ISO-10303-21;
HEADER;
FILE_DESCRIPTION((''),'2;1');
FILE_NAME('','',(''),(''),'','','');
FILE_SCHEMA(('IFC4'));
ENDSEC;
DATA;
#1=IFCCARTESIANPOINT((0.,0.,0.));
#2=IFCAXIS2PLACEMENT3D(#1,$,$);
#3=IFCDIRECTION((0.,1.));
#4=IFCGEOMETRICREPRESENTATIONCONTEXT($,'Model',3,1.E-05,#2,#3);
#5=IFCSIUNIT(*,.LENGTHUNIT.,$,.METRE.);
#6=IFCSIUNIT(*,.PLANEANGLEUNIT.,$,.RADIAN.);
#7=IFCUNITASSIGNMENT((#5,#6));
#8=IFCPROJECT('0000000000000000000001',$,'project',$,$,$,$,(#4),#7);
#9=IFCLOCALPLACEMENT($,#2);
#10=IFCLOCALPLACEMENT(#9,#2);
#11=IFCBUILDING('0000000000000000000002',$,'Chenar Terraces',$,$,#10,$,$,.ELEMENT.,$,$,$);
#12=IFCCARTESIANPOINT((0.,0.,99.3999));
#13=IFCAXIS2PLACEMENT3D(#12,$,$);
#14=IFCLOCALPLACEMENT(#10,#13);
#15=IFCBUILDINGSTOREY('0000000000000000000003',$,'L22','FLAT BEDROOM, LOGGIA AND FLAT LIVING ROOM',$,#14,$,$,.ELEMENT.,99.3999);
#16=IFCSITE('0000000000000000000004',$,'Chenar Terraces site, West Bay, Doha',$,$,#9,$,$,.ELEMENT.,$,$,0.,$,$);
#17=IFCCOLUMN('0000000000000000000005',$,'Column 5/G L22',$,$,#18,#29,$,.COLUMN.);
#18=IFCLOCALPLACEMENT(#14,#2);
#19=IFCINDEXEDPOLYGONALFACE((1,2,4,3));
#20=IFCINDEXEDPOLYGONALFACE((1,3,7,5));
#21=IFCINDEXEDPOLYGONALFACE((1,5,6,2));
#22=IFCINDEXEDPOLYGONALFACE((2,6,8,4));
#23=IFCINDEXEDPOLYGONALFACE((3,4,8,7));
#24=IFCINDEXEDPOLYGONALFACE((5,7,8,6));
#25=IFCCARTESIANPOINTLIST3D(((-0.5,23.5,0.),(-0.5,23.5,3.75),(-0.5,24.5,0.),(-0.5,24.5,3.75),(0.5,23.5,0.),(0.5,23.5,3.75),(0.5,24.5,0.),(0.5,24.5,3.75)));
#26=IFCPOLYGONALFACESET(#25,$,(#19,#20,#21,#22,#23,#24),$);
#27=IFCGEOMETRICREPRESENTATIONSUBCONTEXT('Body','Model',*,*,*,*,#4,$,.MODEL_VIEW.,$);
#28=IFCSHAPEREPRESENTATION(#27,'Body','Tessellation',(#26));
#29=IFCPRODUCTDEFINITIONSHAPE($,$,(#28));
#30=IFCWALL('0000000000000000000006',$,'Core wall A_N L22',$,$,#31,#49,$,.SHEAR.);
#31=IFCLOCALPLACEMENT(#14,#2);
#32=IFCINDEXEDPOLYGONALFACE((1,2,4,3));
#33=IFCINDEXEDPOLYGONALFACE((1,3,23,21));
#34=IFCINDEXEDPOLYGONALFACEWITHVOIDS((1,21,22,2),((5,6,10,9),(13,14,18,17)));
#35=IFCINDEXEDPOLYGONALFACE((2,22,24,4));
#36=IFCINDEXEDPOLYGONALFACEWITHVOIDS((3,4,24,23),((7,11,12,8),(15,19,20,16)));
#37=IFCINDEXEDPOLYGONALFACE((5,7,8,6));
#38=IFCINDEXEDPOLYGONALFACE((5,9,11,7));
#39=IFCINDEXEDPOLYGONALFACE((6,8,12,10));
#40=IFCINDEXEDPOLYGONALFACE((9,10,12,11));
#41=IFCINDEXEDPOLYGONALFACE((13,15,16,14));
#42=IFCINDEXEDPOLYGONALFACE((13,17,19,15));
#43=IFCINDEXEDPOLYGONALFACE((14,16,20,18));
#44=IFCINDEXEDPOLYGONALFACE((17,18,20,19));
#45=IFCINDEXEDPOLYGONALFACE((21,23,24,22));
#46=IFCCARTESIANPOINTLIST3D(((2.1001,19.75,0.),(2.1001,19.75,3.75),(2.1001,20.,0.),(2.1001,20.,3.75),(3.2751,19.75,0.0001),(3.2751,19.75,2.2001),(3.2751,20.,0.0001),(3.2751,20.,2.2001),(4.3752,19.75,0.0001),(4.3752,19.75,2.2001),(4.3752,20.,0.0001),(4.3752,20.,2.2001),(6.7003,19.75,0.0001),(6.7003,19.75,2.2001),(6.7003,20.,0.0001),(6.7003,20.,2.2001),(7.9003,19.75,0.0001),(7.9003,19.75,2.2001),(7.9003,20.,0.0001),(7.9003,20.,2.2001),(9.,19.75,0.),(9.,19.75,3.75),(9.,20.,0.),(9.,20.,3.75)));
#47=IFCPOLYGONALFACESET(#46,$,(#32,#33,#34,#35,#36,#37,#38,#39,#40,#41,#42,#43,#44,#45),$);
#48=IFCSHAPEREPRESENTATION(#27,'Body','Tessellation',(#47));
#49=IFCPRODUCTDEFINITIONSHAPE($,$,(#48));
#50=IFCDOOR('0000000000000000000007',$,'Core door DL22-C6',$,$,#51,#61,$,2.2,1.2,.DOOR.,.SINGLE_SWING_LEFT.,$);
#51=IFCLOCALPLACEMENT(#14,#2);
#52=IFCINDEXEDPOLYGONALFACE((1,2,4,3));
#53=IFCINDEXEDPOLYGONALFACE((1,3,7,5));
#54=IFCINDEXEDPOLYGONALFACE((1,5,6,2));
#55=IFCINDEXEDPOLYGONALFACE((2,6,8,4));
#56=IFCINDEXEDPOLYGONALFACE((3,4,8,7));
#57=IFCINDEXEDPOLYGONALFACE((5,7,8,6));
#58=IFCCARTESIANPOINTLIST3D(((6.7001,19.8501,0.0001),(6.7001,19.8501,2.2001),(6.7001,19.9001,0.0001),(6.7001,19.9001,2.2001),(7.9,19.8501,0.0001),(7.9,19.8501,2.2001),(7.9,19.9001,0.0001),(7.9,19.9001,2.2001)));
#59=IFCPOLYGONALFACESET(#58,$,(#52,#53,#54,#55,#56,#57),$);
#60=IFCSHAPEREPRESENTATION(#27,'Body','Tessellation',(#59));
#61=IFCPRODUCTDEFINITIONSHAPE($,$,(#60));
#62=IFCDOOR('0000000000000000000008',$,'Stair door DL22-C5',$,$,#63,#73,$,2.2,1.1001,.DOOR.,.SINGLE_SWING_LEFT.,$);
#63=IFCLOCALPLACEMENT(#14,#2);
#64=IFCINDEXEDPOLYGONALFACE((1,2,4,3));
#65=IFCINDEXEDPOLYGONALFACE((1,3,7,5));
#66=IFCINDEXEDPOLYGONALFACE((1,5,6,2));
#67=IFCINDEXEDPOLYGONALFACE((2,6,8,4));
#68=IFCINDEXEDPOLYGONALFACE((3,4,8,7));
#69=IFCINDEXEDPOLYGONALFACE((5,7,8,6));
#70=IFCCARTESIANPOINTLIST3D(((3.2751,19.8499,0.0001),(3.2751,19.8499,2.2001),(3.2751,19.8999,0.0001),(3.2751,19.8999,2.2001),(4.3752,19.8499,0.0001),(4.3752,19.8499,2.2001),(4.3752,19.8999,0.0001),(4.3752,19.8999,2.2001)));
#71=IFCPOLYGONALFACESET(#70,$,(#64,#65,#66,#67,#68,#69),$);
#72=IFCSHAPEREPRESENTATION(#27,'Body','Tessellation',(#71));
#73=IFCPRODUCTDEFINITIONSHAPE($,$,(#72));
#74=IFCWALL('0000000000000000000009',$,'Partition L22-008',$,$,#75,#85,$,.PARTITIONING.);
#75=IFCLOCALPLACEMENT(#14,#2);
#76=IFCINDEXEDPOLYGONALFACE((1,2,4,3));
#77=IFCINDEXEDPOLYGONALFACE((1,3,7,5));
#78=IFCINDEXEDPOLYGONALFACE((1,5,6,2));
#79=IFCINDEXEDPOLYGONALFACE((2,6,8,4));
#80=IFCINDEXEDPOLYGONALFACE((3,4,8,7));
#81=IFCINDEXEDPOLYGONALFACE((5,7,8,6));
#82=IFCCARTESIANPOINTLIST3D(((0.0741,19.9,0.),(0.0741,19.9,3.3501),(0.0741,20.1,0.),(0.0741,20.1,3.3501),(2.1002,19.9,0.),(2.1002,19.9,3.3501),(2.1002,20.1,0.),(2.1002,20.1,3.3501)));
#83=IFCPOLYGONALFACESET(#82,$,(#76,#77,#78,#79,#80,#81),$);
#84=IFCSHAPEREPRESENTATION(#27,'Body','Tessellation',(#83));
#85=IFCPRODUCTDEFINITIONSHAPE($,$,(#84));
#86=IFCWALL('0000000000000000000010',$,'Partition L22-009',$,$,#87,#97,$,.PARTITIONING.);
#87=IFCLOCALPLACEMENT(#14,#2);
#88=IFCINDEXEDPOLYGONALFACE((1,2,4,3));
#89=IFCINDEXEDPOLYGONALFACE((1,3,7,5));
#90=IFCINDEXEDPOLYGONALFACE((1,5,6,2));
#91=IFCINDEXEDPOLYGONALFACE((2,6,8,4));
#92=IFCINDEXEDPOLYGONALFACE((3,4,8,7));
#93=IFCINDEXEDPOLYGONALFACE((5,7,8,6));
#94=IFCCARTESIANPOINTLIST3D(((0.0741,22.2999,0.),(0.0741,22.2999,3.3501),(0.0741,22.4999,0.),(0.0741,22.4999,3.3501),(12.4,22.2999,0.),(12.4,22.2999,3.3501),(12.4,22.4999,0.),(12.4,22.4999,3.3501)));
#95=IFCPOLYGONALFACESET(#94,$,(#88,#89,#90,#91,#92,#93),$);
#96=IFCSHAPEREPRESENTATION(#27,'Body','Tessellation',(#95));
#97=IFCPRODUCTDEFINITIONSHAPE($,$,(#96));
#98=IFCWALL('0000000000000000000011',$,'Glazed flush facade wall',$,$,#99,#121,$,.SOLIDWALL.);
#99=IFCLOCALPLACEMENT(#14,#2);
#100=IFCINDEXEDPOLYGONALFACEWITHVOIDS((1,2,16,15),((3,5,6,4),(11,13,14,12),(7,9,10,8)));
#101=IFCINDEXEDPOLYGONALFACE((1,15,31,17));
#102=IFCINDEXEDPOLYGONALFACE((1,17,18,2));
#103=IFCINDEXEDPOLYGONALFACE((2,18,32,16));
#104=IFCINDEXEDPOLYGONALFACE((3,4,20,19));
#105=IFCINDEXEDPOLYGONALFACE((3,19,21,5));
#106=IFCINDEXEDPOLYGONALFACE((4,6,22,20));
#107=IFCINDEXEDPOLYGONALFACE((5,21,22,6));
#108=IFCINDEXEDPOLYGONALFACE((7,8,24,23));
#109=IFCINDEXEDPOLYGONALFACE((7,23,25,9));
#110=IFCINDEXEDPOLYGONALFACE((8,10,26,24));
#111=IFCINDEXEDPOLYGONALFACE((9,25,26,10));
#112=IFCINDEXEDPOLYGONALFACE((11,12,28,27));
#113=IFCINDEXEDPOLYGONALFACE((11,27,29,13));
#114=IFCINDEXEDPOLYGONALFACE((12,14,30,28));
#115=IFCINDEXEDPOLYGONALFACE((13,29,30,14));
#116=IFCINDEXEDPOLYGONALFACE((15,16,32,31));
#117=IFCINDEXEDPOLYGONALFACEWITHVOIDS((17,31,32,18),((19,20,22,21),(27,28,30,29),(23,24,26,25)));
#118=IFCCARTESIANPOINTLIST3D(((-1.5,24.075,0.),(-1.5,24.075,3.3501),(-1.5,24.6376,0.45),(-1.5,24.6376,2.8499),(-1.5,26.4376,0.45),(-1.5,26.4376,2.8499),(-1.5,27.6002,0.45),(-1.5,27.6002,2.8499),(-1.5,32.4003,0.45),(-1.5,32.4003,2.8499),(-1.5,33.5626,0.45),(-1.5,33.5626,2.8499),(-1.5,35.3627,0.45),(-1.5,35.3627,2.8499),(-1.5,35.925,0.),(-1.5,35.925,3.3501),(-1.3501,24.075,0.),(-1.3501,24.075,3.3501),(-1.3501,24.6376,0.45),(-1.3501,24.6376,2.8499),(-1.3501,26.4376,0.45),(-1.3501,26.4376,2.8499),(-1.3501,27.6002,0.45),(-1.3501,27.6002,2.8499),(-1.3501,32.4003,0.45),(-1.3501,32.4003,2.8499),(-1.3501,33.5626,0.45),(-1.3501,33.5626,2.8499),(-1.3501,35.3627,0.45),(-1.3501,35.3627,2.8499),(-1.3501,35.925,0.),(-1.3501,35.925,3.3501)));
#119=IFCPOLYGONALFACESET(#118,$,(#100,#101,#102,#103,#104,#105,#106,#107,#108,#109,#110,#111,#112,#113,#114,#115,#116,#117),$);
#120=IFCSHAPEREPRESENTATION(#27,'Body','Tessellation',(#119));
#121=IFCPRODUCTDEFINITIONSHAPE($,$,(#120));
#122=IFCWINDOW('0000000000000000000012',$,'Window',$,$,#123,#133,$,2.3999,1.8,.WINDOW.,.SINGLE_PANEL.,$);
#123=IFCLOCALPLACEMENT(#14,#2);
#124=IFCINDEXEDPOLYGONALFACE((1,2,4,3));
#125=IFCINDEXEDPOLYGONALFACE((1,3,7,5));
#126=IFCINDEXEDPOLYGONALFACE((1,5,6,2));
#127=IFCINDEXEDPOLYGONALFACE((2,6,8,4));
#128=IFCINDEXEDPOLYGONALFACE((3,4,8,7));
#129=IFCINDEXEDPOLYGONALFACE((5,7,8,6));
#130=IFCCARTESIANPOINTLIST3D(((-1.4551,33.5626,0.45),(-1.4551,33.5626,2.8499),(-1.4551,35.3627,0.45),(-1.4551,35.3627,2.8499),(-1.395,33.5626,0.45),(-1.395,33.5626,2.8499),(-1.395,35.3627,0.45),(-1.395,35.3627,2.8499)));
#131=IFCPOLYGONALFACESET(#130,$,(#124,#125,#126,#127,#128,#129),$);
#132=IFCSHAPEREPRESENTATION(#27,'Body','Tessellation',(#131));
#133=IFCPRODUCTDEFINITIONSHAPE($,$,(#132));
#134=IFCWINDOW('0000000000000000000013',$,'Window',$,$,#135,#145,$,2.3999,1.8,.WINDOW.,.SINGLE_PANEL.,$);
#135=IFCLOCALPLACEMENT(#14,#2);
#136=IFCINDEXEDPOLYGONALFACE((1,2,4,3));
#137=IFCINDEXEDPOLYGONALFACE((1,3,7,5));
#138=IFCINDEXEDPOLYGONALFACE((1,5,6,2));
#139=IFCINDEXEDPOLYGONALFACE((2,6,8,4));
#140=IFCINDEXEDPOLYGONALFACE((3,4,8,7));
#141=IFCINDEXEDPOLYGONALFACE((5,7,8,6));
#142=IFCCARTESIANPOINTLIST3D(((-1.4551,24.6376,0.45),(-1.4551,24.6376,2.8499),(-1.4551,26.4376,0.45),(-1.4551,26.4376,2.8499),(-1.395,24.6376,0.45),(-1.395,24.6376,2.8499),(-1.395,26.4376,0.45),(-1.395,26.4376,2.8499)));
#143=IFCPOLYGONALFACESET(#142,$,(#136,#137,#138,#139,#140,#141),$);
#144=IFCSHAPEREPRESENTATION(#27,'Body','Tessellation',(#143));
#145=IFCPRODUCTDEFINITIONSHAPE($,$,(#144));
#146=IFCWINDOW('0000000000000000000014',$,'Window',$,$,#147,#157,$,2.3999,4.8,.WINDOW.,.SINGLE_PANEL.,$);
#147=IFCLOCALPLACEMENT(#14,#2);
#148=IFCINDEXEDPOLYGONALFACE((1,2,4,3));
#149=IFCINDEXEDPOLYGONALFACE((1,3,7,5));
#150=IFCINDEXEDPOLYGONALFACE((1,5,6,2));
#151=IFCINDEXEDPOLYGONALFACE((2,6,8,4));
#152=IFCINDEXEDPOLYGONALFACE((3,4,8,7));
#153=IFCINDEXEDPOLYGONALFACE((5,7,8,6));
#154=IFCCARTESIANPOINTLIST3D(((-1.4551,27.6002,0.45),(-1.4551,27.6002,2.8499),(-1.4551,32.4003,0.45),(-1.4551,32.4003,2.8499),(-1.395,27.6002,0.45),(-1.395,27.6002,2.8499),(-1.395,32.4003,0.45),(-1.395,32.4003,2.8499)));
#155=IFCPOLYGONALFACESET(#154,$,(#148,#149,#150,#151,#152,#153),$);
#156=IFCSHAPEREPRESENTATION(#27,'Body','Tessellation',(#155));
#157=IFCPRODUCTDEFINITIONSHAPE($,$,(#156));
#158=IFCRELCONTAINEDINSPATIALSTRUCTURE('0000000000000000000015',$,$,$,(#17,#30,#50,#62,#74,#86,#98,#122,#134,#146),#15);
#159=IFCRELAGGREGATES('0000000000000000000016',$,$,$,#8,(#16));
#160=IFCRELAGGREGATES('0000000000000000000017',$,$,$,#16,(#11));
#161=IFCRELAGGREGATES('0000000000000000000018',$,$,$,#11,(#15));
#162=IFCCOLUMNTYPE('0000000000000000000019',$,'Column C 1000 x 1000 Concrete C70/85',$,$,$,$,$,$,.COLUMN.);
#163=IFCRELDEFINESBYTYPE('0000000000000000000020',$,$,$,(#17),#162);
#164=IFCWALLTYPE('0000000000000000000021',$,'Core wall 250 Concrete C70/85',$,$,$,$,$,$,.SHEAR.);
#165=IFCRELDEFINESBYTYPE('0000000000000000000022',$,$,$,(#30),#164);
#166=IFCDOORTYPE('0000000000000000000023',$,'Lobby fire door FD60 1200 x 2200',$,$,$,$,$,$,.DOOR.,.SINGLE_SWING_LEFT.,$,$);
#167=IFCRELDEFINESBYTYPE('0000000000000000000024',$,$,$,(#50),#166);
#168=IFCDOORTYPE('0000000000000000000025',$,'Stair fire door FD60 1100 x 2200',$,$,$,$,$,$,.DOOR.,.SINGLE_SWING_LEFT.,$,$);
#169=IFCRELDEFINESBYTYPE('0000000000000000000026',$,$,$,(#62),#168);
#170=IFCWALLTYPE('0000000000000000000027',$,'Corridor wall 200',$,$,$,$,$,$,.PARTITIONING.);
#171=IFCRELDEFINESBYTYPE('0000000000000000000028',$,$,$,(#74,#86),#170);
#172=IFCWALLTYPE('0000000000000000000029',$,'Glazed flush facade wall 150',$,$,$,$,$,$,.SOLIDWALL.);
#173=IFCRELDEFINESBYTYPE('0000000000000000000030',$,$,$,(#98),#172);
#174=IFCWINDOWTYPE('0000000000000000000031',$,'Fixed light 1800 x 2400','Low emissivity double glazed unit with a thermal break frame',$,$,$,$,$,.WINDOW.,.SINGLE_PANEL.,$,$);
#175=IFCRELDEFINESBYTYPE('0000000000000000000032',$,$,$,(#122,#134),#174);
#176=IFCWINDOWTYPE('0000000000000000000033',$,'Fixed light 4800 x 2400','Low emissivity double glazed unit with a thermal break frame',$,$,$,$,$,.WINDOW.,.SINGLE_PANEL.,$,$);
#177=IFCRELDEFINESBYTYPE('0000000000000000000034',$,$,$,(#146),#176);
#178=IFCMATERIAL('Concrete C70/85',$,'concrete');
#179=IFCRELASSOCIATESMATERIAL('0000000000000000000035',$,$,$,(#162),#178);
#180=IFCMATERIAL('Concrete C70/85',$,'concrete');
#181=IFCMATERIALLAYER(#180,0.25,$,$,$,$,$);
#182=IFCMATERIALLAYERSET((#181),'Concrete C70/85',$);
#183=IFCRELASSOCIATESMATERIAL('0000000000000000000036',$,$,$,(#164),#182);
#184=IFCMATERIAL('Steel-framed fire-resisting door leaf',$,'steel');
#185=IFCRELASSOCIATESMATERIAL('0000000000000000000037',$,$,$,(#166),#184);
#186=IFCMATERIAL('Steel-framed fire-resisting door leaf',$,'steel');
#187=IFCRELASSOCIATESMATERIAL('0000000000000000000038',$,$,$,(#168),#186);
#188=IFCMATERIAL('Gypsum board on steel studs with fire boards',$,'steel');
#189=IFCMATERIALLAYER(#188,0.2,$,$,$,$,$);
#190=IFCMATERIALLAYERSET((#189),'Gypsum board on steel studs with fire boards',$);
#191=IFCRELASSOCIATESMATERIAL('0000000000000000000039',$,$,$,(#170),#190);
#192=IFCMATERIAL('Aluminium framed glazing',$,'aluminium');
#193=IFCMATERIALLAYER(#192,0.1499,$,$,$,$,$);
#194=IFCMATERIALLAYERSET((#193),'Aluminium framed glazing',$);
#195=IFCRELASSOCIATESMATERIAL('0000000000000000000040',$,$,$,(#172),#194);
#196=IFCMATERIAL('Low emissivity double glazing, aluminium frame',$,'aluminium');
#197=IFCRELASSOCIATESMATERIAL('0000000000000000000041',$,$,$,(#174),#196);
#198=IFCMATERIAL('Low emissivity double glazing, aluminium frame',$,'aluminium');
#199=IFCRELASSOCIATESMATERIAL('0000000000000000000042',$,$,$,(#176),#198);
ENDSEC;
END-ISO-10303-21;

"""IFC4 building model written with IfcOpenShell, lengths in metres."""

from ifc_helpers import new_model, si_unit, direction, frame, frame_2d, origin, origin_2d, place, context, subcontext, project, spatial, rectangle, extrude, material, layer, layer_set, material_profile, profile_set, type_object, element, fill, save


model = new_model("IFC4")

# Units and contexts
model_context = context("Model", 3, precision=1e-05, world=origin(), true_north=direction((0.0, 1.0)))
body_context = subcontext(model_context, "Body", "Model", "MODEL_VIEW")
ifc_project = project(units=[si_unit("LENGTHUNIT", "METRE"), si_unit("PLANEANGLEUNIT", "RADIAN")], contexts=[model_context])

# Site, building, storey
site_placement = place(None, origin())
site = spatial("IfcSite", under=ifc_project, at=site_placement, Name="Chenar Terraces site, West Bay, Doha", CompositionType="ELEMENT", RefElevation=0.0)
building_placement = place(site_placement, origin())
building = spatial("IfcBuilding", under=site, at=building_placement, Name="Chenar Terraces", CompositionType="ELEMENT")
storey_placement = place(building_placement, frame((0.0, 0.0, 99.3999)))
storey = spatial("IfcBuildingStorey", under=building, at=storey_placement, Name="L22", Description="FLAT BEDROOM, LOGGIA AND FLAT LIVING ROOM", CompositionType="ELEMENT", Elevation=99.3999)

# Column
ifc_material_1 = material(Name="Concrete C70/85", Category="concrete")
ifc_material_profile_1 = material_profile(ifc_material_1, rectangle(XDim=1.0, YDim=1.0, at=origin_2d()), Name="C 1000 x 1000")
ifc_profile_set_1 = profile_set([ifc_material_profile_1], Name="Concrete C70/85")
column_type = type_object("IfcColumnType", Name="Column C 1000 x 1000 Concrete C70/85", PredefinedType="COLUMN", material=ifc_profile_set_1)
column_placement = place(storey_placement, frame((0.0, 24.0, 0.0), z_axis=(0.0, 0.0, 1.0), x_axis=(1.0, 0.0, 0.0)))
element("IfcColumn", 1, at=column_placement, inside=storey, type_object=column_type, Name="Column 5/G L22", PredefinedType="COLUMN", context=body_context, shape_type="SweptSolid", body=[
    extrude(rectangle(XDim=1.0, YDim=1.0, at=origin_2d()), origin(), (0.0, 0.0, 1.0), 3.75),
])

# Wall, openings, doors
ifc_material_2 = material(Name="Concrete C70/85", Category="concrete")
ifc_layer_1 = layer(ifc_material_2, 0.25)
ifc_layer_set_1 = layer_set([ifc_layer_1], Name="Concrete C70/85")
wall_type_1 = type_object("IfcWallType", Name="Core wall 250 Concrete C70/85", PredefinedType="SHEAR", material=ifc_layer_set_1)
wall_1_placement = place(storey_placement, frame((2.1001, 19.875, 0.0), z_axis=(0.0, 0.0, 1.0), x_axis=(1.0, 0.0, 0.0)))
wall_1 = element("IfcWall", 2, at=wall_1_placement, inside=storey, type_object=wall_type_1, Name="Core wall A_N L22", PredefinedType="SHEAR", context=body_context, shape_type="SweptSolid", body=[
    extrude(rectangle(XDim=6.8999, YDim=0.25, at=frame_2d((3.45, 0.0))), origin(), (0.0, 0.0, 1.0), 3.75),
])
opening_1_placement = place(wall_1_placement, frame((1.175, 0.0, 0.0)))
opening_1 = element("IfcOpeningElement", 3, at=opening_1_placement, cuts=wall_1, PredefinedType="OPENING", context=body_context, shape_type="SweptSolid", body=[
    extrude(rectangle(XDim=1.1001, YDim=2.2, at=frame_2d((0.55, 1.1001))), frame((0.0, 0.135, 0.0), z_axis=(0.0, -1.0, 0.0), x_axis=(1.0, 0.0, 0.0)), (0.0, 0.0, 1.0), 0.27),
])
opening_2_placement = place(wall_1_placement, frame((4.6001, 0.0, 0.0)))
opening_2 = element("IfcOpeningElement", 4, at=opening_2_placement, cuts=wall_1, PredefinedType="OPENING", context=body_context, shape_type="SweptSolid", body=[
    extrude(rectangle(XDim=1.2, YDim=2.2, at=frame_2d((0.6001, 1.1001))), frame((0.0, 0.135, 0.0), z_axis=(0.0, -1.0, 0.0), x_axis=(1.0, 0.0, 0.0)), (0.0, 0.0, 1.0), 0.27),
])
ifc_material_3 = material(Name="Steel-framed fire-resisting door leaf", Category="steel")
door_type_1 = type_object("IfcDoorType", Name="Lobby fire door FD60 1200 x 2200", OperationType="SINGLE_SWING_LEFT", PredefinedType="DOOR", material=ifc_material_3)
door_1_placement = place(opening_2_placement, frame((1.2, 0.0, 0.0), z_axis=(0.0, 0.0, 1.0), x_axis=(-1.0, 0.0, 0.0)))
door_1 = element("IfcDoor", 5, at=door_1_placement, inside=storey, type_object=door_type_1, Name="Core door DL22-C6", OperationType="SINGLE_SWING_LEFT", OverallHeight=2.2, OverallWidth=1.2, PredefinedType="DOOR", context=body_context, shape_type="SweptSolid", body=[
    extrude(rectangle(XDim=1.2, YDim=2.2, at=frame_2d((0.6001, 1.1001))), frame((0.0, 0.0249, 0.0), z_axis=(0.0, -1.0, 0.0), x_axis=(1.0, 0.0, 0.0)), (0.0, 0.0, 1.0), 0.05),
])
fill(opening_2, door_1)
ifc_material_4 = material(Name="Steel-framed fire-resisting door leaf", Category="steel")
door_type_2 = type_object("IfcDoorType", Name="Stair fire door FD60 1100 x 2200", OperationType="SINGLE_SWING_LEFT", PredefinedType="DOOR", material=ifc_material_4)
door_2_placement = place(opening_1_placement, origin())
door_2 = element("IfcDoor", 6, at=door_2_placement, inside=storey, type_object=door_type_2, Name="Stair door DL22-C5", OperationType="SINGLE_SWING_LEFT", OverallHeight=2.2, OverallWidth=1.1001, PredefinedType="DOOR", context=body_context, shape_type="SweptSolid", body=[
    extrude(rectangle(XDim=1.1001, YDim=2.2, at=frame_2d((0.55, 1.1001))), frame((0.0, 0.0249, 0.0), z_axis=(0.0, -1.0, 0.0), x_axis=(1.0, 0.0, 0.0)), (0.0, 0.0, 1.0), 0.05),
])
fill(opening_1, door_2)

# Walls
ifc_material_5 = material(Name="Gypsum board on steel studs with fire boards", Category="steel")
ifc_layer_2 = layer(ifc_material_5, 0.2)
ifc_layer_set_2 = layer_set([ifc_layer_2], Name="Gypsum board on steel studs with fire boards")
wall_type_2 = type_object("IfcWallType", Name="Corridor wall 200", PredefinedType="PARTITIONING", material=ifc_layer_set_2)
wall_2_placement = place(storey_placement, frame((0.074, 20.0, 0.0), z_axis=(0.0, 0.0, 1.0), x_axis=(1.0, 0.0, 0.0)))
element("IfcWall", 7, at=wall_2_placement, inside=storey, type_object=wall_type_2, Name="Partition L22-008", PredefinedType="PARTITIONING", context=body_context, shape_type="SweptSolid", body=[
    extrude(rectangle(XDim=2.0261, YDim=0.2, at=frame_2d((1.0132, 0.0))), origin(), (0.0, 0.0, 1.0), 3.3501),
])
wall_3_placement = place(storey_placement, frame((0.074, 22.3999, 0.0), z_axis=(0.0, 0.0, 1.0), x_axis=(1.0, 0.0, 0.0)))
element("IfcWall", 8, at=wall_3_placement, inside=storey, type_object=wall_type_2, Name="Partition L22-009", PredefinedType="PARTITIONING", context=body_context, shape_type="SweptSolid", body=[
    extrude(rectangle(XDim=12.3259, YDim=0.2, at=frame_2d((6.1631, 0.0))), origin(), (0.0, 0.0, 1.0), 3.3501),
])

# Wall, openings, windows
ifc_material_6 = material(Name="Aluminium framed glazing", Category="aluminium")
ifc_layer_3 = layer(ifc_material_6, 0.1499)
ifc_layer_set_3 = layer_set([ifc_layer_3], Name="Aluminium framed glazing")
wall_type_3 = type_object("IfcWallType", Name="Glazed flush facade wall 150", PredefinedType="SOLIDWALL", material=ifc_layer_set_3)
wall_4_placement = place(storey_placement, frame((-1.425, 35.925, 0.0), z_axis=(0.0, 0.0, 1.0), x_axis=(0.0, -1.0, 0.0)))
wall_4 = element("IfcWall", 9, at=wall_4_placement, inside=storey, type_object=wall_type_3, Name="Glazed flush facade wall", PredefinedType="SOLIDWALL", context=body_context, shape_type="SweptSolid", body=[
    extrude(rectangle(XDim=11.8501, YDim=0.1499, at=frame_2d((5.925, 0.0))), origin(), (0.0, 0.0, 1.0), 3.3501),
])
opening_3_placement = place(wall_4_placement, frame((0.5625, 0.0, 0.45)))
opening_3 = element("IfcOpeningElement", 10, at=opening_3_placement, cuts=wall_4, PredefinedType="OPENING", context=body_context, shape_type="SweptSolid", body=[
    extrude(rectangle(XDim=1.8, YDim=2.3999, at=frame_2d((0.8999, 1.2))), frame((0.0, 0.085, 0.0), z_axis=(0.0, -1.0, 0.0), x_axis=(1.0, 0.0, 0.0)), (0.0, 0.0, 1.0), 0.1699),
])
opening_4_placement = place(wall_4_placement, frame((3.5249, 0.0, 0.45)))
opening_4 = element("IfcOpeningElement", 11, at=opening_4_placement, cuts=wall_4, PredefinedType="OPENING", context=body_context, shape_type="SweptSolid", body=[
    extrude(rectangle(XDim=4.8, YDim=2.3999, at=frame_2d((2.3999, 1.2))), frame((0.0, 0.085, 0.0), z_axis=(0.0, -1.0, 0.0), x_axis=(1.0, 0.0, 0.0)), (0.0, 0.0, 1.0), 0.1699),
])
opening_5_placement = place(wall_4_placement, frame((9.4875, 0.0, 0.45)))
opening_5 = element("IfcOpeningElement", 12, at=opening_5_placement, cuts=wall_4, PredefinedType="OPENING", context=body_context, shape_type="SweptSolid", body=[
    extrude(rectangle(XDim=1.8, YDim=2.3999, at=frame_2d((0.8999, 1.2))), frame((0.0, 0.085, 0.0), z_axis=(0.0, -1.0, 0.0), x_axis=(1.0, 0.0, 0.0)), (0.0, 0.0, 1.0), 0.1699),
])
ifc_material_7 = material(Name="Low emissivity double glazing, aluminium frame", Category="aluminium")
window_type_1 = type_object("IfcWindowType", Name="Fixed light 1800 x 2400", Description="Low emissivity double glazed unit with a thermal break frame", PartitioningType="SINGLE_PANEL", PredefinedType="WINDOW", material=ifc_material_7)
window_1_placement = place(opening_3_placement, origin())
window_1 = element("IfcWindow", 13, at=window_1_placement, inside=storey, type_object=window_type_1, Name="Window", OverallHeight=2.3999, OverallWidth=1.8, PartitioningType="SINGLE_PANEL", PredefinedType="WINDOW", context=body_context, shape_type="SweptSolid", body=[
    extrude(rectangle(XDim=1.8, YDim=2.3999, at=frame_2d((0.8999, 1.2))), frame((0.0, 0.03, 0.0), z_axis=(0.0, -1.0, 0.0), x_axis=(1.0, 0.0, 0.0)), (0.0, 0.0, 1.0), 0.0601),
])
fill(opening_3, window_1)
window_2_placement = place(opening_5_placement, origin())
window_2 = element("IfcWindow", 14, at=window_2_placement, inside=storey, type_object=window_type_1, Name="Window", OverallHeight=2.3999, OverallWidth=1.8, PartitioningType="SINGLE_PANEL", PredefinedType="WINDOW", context=body_context, shape_type="SweptSolid", body=[
    extrude(rectangle(XDim=1.8, YDim=2.3999, at=frame_2d((0.8999, 1.2))), frame((0.0, 0.03, 0.0), z_axis=(0.0, -1.0, 0.0), x_axis=(1.0, 0.0, 0.0)), (0.0, 0.0, 1.0), 0.0601),
])
fill(opening_5, window_2)
ifc_material_8 = material(Name="Low emissivity double glazing, aluminium frame", Category="aluminium")
window_type_2 = type_object("IfcWindowType", Name="Fixed light 4800 x 2400", Description="Low emissivity double glazed unit with a thermal break frame", PartitioningType="SINGLE_PANEL", PredefinedType="WINDOW", material=ifc_material_8)
window_3_placement = place(opening_4_placement, origin())
window_3 = element("IfcWindow", 15, at=window_3_placement, inside=storey, type_object=window_type_2, Name="Window", OverallHeight=2.3999, OverallWidth=4.8, PartitioningType="SINGLE_PANEL", PredefinedType="WINDOW", context=body_context, shape_type="SweptSolid", body=[
    extrude(rectangle(XDim=4.8, YDim=2.3999, at=frame_2d((2.3999, 1.2))), frame((0.0, 0.03, 0.0), z_axis=(0.0, -1.0, 0.0), x_axis=(1.0, 0.0, 0.0)), (0.0, 0.0, 1.0), 0.0601),
])
fill(opening_4, window_3)

save(model, "model.ifc")
